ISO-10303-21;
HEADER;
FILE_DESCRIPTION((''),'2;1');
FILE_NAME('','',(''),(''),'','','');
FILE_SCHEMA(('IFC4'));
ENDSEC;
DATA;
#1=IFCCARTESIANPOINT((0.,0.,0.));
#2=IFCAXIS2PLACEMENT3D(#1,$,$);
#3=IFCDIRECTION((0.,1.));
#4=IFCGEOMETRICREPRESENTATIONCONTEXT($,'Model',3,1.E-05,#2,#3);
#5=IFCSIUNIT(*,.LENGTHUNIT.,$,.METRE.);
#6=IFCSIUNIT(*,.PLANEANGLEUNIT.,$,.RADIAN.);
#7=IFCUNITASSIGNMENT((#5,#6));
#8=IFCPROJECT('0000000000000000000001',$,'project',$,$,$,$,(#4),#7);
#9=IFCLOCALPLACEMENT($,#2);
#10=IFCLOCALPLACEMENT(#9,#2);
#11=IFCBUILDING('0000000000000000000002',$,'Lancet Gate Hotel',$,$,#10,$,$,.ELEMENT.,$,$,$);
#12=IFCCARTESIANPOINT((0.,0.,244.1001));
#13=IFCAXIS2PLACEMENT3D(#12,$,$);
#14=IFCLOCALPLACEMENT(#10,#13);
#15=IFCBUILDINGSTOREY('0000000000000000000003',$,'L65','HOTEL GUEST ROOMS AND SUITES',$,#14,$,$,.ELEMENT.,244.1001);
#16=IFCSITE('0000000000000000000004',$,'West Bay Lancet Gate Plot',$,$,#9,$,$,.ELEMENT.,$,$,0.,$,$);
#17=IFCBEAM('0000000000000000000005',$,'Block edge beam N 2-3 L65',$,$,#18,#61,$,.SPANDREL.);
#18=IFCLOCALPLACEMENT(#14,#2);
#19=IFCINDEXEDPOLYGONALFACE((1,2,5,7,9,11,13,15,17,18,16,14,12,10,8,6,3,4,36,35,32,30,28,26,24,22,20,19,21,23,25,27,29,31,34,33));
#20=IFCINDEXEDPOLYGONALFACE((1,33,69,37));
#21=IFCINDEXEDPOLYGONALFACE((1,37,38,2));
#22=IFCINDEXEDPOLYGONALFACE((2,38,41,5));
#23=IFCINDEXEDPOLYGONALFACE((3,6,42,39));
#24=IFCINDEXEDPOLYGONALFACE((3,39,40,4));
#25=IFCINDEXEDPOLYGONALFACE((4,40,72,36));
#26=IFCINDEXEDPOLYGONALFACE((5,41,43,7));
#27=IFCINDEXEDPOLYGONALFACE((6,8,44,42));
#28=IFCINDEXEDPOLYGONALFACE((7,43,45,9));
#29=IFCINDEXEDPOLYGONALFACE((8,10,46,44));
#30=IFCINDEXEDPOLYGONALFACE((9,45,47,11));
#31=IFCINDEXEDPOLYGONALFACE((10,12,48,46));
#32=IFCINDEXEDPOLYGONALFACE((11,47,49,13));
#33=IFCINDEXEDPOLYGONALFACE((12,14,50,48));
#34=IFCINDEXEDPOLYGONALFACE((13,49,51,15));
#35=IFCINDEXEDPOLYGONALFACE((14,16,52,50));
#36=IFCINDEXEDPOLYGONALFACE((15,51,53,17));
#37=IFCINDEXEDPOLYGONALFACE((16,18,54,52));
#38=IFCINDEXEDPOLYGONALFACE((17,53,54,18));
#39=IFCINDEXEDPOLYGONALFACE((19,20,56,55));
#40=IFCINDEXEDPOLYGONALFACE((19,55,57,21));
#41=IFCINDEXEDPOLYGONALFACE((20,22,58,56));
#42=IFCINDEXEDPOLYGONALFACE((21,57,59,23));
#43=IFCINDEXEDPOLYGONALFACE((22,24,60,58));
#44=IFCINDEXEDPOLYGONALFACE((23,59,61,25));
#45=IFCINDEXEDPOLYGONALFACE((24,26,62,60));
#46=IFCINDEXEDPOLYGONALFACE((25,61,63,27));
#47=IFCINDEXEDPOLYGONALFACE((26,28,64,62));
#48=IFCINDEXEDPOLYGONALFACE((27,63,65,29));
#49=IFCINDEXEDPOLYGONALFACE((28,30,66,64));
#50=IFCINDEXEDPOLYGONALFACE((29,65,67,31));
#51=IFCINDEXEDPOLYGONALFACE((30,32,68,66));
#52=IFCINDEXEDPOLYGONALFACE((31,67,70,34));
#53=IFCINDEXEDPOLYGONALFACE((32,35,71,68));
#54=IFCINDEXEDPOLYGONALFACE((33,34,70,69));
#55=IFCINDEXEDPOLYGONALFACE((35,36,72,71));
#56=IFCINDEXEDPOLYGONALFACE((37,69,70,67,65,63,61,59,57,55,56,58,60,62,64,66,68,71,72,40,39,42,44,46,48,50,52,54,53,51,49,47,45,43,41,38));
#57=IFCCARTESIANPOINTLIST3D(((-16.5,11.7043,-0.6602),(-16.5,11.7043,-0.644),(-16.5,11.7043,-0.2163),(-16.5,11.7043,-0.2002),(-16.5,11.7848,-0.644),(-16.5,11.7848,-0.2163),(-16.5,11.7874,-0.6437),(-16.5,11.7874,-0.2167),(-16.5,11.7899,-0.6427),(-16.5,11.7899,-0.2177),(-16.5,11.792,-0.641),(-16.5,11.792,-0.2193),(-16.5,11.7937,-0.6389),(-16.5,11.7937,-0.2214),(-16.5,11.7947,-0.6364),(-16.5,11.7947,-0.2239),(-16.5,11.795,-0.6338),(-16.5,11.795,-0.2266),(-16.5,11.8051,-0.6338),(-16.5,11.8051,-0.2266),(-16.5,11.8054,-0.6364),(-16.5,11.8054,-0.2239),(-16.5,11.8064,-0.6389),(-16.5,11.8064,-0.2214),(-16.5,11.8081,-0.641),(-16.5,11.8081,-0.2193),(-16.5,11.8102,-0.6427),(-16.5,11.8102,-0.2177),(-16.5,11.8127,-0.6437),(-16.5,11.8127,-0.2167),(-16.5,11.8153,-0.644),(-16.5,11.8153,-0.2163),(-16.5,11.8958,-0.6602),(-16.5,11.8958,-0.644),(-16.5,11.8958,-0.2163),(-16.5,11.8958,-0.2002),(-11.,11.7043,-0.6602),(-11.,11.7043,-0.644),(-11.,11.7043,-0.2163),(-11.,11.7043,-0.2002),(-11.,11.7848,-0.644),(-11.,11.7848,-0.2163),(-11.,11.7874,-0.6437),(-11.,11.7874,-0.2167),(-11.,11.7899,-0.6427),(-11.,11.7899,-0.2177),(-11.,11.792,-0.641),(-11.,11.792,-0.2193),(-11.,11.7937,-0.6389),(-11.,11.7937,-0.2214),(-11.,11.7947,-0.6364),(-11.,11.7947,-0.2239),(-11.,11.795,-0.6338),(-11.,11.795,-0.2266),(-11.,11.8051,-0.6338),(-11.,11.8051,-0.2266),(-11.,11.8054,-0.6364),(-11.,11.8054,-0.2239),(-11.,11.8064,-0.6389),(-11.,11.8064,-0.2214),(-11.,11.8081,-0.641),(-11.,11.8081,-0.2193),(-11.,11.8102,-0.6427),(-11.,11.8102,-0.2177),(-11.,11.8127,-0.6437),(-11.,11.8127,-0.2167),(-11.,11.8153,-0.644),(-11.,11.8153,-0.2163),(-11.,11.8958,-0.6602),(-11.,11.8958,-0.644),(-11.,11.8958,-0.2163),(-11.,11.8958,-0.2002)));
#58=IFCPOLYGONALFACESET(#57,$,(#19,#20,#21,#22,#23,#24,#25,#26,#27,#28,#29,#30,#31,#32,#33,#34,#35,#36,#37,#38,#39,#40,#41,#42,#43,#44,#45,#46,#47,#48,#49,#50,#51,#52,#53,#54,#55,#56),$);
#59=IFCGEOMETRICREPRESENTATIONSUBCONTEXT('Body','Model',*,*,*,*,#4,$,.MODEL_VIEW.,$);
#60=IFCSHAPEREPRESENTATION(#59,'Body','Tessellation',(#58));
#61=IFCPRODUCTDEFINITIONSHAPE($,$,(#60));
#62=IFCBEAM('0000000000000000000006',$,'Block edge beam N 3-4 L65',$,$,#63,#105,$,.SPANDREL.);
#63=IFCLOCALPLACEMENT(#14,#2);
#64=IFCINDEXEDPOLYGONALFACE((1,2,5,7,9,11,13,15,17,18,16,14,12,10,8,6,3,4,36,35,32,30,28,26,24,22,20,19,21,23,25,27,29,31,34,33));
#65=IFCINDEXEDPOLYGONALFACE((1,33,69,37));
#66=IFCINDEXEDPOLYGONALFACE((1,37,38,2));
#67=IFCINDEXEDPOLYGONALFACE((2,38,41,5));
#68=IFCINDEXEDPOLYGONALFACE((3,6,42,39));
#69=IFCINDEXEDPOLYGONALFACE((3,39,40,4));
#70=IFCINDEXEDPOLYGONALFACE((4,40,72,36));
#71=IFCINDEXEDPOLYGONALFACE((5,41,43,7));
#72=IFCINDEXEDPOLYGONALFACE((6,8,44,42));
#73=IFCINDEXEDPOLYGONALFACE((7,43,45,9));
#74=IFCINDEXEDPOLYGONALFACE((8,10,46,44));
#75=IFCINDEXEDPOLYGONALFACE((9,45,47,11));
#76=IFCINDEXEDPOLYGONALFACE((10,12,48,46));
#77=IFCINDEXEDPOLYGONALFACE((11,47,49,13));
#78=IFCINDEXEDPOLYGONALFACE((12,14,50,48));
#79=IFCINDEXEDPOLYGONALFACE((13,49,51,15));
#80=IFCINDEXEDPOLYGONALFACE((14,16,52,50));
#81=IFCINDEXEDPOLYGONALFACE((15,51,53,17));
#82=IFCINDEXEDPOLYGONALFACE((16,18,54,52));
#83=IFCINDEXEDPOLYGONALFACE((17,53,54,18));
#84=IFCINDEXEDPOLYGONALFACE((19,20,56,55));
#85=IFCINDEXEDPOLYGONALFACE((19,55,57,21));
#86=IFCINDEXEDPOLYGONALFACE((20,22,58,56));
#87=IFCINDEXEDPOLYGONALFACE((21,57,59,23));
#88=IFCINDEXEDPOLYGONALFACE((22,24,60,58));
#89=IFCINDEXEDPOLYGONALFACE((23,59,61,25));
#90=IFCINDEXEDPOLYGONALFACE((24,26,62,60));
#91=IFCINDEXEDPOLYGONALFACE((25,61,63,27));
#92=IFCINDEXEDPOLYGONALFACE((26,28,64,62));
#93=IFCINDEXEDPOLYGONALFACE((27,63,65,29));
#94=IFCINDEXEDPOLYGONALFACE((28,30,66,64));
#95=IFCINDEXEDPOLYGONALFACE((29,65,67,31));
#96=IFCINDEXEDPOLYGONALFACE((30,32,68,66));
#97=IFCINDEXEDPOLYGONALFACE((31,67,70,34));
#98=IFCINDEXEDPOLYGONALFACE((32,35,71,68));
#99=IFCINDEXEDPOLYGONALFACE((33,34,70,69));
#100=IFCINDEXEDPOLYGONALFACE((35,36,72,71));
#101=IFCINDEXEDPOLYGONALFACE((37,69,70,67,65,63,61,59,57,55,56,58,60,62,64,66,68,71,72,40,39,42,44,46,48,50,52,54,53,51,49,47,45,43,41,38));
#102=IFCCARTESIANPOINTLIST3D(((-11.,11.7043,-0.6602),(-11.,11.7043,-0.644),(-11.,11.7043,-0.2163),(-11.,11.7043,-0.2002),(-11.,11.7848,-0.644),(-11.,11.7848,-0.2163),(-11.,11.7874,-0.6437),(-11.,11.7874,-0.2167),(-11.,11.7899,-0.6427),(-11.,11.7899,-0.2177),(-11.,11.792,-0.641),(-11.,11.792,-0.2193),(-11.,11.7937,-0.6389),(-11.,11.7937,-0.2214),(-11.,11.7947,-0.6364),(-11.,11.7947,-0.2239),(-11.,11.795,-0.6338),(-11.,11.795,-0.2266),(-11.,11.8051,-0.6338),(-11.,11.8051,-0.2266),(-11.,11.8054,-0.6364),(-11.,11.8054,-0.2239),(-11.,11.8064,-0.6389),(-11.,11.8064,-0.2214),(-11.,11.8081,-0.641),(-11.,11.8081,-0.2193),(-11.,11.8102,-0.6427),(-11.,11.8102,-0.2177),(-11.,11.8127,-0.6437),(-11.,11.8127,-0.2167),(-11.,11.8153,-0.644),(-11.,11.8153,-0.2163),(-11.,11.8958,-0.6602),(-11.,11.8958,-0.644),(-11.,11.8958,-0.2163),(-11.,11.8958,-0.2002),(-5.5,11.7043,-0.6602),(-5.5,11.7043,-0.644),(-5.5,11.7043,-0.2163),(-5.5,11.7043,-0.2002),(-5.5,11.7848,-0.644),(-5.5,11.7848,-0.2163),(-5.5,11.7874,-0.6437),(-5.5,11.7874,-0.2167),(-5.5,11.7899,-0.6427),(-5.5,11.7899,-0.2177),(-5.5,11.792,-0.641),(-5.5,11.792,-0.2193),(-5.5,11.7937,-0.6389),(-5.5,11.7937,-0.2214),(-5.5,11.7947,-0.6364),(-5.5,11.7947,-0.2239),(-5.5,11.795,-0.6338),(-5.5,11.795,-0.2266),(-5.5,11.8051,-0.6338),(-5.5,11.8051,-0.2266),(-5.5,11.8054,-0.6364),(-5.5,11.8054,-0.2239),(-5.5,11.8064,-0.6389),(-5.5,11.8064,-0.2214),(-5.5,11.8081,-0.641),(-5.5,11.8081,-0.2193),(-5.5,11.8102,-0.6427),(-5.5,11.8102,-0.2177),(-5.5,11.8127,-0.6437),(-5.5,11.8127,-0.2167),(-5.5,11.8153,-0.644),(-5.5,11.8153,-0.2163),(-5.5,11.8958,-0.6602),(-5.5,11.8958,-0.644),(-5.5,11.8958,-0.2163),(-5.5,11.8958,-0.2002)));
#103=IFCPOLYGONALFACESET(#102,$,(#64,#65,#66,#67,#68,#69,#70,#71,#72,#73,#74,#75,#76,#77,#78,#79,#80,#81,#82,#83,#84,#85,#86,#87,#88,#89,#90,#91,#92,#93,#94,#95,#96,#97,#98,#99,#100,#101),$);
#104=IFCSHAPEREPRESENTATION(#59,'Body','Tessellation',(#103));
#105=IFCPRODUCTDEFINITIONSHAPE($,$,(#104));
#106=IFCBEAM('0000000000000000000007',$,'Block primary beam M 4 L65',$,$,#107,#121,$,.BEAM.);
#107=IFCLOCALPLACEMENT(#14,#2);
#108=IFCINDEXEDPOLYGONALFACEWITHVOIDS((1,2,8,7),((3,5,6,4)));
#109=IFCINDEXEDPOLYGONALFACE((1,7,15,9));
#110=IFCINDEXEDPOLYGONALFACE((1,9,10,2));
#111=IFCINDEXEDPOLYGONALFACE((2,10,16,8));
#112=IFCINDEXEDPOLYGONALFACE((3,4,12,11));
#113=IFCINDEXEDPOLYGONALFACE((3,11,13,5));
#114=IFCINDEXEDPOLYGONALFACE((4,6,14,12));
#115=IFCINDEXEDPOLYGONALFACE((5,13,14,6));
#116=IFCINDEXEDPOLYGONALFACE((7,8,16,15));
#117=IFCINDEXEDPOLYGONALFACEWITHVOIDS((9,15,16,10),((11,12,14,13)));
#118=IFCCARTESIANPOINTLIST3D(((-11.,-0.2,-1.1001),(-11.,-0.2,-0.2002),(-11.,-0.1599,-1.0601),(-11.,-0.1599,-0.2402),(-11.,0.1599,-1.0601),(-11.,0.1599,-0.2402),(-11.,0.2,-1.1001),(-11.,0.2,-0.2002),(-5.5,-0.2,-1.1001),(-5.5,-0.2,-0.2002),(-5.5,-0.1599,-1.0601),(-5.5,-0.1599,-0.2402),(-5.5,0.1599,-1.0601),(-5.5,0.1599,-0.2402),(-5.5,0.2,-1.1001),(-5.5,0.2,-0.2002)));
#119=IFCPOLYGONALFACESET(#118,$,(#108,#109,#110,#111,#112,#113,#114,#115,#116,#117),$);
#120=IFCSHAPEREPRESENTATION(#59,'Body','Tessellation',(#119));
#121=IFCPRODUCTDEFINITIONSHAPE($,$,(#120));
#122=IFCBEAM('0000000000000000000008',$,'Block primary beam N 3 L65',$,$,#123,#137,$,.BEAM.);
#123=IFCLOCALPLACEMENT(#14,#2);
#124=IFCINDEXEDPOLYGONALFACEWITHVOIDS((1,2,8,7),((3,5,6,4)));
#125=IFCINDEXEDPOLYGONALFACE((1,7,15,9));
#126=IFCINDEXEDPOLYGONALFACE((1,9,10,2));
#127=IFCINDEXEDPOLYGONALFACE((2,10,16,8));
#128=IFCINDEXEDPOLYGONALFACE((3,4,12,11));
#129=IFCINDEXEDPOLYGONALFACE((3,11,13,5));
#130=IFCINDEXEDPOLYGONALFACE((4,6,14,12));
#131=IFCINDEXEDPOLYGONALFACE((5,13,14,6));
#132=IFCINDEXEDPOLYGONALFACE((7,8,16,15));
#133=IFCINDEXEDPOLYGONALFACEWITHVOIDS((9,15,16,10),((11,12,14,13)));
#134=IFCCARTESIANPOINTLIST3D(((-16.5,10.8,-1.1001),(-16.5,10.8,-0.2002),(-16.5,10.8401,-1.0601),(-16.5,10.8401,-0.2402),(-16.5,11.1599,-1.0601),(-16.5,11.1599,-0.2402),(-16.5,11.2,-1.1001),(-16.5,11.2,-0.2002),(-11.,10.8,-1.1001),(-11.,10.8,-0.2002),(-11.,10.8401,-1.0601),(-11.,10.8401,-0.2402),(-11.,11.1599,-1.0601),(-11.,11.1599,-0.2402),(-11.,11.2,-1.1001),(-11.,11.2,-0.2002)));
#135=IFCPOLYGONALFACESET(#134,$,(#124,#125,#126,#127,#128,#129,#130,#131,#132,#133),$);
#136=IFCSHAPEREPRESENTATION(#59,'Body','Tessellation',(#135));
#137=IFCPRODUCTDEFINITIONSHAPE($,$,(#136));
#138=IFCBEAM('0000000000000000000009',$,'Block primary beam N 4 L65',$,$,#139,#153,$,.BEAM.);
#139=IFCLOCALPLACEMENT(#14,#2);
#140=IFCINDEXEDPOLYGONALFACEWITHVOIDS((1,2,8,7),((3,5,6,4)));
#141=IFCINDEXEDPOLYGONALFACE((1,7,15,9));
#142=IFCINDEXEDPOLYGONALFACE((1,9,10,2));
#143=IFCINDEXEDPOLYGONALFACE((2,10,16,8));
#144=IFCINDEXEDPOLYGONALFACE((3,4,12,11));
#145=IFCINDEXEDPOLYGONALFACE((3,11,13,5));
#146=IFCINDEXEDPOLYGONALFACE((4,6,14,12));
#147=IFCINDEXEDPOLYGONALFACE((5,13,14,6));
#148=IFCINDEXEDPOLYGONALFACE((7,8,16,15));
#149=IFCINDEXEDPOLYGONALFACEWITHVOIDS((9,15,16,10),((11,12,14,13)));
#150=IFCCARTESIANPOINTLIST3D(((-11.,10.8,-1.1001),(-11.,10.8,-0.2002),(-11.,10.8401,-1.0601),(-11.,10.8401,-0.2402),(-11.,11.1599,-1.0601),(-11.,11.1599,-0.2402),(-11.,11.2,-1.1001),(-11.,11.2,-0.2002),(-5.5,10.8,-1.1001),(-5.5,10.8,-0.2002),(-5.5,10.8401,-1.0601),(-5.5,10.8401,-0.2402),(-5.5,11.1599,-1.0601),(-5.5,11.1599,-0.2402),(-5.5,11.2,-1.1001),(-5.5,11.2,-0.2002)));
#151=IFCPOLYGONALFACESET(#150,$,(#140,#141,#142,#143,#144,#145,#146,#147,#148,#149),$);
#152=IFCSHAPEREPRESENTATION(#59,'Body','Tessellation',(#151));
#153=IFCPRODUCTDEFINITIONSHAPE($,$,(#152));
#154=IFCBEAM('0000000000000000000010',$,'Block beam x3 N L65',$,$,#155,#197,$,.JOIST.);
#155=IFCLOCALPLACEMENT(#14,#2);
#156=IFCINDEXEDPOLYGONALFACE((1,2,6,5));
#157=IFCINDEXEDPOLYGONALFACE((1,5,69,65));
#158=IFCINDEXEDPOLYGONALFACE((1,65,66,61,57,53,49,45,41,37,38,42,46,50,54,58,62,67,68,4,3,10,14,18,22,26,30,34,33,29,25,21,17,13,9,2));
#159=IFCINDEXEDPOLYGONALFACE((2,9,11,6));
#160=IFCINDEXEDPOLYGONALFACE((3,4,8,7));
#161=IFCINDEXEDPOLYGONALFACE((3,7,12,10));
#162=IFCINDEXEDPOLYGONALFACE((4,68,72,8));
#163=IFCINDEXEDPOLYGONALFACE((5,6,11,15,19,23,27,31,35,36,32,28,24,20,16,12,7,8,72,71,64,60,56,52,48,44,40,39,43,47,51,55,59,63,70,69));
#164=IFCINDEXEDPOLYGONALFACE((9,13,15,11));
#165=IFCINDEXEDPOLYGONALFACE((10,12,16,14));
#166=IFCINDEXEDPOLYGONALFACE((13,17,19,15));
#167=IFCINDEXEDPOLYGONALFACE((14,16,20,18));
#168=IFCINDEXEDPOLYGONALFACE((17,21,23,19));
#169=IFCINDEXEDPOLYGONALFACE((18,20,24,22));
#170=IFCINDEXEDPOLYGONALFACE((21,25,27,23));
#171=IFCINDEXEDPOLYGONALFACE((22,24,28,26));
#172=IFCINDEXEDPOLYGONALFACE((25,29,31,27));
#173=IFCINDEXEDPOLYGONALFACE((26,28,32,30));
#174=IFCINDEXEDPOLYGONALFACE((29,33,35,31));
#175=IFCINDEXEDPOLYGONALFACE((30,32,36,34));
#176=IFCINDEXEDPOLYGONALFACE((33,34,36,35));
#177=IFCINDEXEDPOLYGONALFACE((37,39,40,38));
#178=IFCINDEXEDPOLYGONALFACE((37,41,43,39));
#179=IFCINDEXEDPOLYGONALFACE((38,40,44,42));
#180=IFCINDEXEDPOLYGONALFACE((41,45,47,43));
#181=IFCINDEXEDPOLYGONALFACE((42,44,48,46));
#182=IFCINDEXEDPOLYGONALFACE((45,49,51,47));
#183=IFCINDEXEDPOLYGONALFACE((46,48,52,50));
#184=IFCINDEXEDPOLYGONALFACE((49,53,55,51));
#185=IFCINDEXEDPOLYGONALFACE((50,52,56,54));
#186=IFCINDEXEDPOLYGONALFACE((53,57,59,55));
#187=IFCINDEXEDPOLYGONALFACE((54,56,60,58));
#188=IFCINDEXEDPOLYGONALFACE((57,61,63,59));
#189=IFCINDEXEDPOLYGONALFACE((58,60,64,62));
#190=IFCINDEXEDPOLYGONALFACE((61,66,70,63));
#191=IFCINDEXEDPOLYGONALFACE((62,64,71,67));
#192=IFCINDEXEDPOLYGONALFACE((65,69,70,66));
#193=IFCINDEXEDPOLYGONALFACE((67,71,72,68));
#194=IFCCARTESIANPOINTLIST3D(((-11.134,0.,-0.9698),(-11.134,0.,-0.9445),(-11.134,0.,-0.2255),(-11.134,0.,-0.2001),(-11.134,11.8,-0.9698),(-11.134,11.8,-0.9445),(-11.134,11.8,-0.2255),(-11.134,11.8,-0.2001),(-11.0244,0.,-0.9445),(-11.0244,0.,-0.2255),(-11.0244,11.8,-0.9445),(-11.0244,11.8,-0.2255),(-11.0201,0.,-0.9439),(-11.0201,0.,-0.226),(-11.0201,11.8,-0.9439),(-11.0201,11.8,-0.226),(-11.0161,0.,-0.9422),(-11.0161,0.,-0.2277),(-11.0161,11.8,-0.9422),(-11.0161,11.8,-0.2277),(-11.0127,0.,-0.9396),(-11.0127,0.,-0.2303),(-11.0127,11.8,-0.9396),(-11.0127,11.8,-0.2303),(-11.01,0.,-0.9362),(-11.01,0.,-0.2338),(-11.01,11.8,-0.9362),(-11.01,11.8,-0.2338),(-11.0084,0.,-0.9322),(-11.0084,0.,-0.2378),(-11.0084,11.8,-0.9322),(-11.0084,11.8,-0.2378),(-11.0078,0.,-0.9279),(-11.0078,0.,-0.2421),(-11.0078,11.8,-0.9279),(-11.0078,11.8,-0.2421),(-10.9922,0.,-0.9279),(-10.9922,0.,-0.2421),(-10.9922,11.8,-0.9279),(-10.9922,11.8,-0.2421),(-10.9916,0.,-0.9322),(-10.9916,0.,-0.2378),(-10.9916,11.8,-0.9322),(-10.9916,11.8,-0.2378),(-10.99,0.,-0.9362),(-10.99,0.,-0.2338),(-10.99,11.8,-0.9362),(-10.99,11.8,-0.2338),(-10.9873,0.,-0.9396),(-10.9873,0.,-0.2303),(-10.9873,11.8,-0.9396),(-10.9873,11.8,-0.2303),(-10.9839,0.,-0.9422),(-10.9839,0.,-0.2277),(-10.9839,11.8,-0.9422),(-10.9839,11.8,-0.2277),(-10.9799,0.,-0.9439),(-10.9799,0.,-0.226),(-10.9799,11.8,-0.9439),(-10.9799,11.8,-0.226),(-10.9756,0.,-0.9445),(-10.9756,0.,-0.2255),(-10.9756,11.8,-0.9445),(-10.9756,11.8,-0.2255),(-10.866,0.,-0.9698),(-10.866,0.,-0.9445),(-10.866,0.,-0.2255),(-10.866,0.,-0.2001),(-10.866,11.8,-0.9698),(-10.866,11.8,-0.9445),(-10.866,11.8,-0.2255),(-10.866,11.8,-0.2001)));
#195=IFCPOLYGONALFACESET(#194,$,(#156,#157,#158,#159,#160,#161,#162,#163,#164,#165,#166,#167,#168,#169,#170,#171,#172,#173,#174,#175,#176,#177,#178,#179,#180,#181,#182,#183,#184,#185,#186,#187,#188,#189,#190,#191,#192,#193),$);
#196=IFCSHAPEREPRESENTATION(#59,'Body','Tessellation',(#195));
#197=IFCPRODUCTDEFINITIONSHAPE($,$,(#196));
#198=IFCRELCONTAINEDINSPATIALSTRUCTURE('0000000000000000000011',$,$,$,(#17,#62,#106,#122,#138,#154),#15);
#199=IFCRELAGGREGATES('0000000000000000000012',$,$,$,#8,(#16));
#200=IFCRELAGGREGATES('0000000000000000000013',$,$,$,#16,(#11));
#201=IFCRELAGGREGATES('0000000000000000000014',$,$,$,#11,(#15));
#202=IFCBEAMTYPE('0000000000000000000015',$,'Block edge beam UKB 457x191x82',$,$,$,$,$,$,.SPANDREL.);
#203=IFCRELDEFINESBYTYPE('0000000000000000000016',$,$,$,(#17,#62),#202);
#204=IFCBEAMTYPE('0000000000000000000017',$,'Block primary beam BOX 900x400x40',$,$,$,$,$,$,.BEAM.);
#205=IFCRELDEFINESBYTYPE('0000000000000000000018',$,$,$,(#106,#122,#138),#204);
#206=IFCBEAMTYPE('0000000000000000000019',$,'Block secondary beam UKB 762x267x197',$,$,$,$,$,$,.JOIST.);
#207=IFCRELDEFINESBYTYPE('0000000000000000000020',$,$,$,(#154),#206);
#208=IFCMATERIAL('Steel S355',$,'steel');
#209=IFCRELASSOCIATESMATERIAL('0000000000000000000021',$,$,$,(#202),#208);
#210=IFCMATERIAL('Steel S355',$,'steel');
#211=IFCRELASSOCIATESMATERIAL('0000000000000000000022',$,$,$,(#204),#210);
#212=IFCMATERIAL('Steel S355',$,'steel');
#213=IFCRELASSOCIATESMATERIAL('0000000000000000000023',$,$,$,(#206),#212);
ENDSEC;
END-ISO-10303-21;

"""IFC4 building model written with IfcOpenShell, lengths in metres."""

from ifc_helpers import new_model, si_unit, direction, frame, origin, origin_2d, place, context, subcontext, project, spatial, hollow_rectangle, i_section, extrude, material, material_profile, profile_set, type_object, element, save


model = new_model("IFC4")

# Units and contexts
model_context = context("Model", 3, precision=1e-05, world=origin(), true_north=direction((0.0, 1.0)))
body_context = subcontext(model_context, "Body", "Model", "MODEL_VIEW")
ifc_project = project(units=[si_unit("LENGTHUNIT", "METRE"), si_unit("PLANEANGLEUNIT", "RADIAN")], contexts=[model_context])

# Site, building, storey
site_placement = place(None, origin())
site = spatial("IfcSite", under=ifc_project, at=site_placement, Name="West Bay Lancet Gate Plot", CompositionType="ELEMENT", RefElevation=0.0)
building_placement = place(site_placement, origin())
building = spatial("IfcBuilding", under=site, at=building_placement, Name="Lancet Gate Hotel", CompositionType="ELEMENT")
storey_placement = place(building_placement, frame((0.0, 0.0, 244.1001)))
storey = spatial("IfcBuildingStorey", under=building, at=storey_placement, Name="L65", Description="HOTEL GUEST ROOMS AND SUITES", CompositionType="ELEMENT", Elevation=244.1001)

# Beams
ifc_material_1 = material(Name="Steel S355", Category="steel")
ifc_material_profile_1 = material_profile(ifc_material_1, i_section(OverallWidth=0.1914, OverallDepth=0.46, WebThickness=0.01, FlangeThickness=0.0161, FilletRadius=0.0103, at=origin_2d()), Name="UKB 457x191x82")
ifc_profile_set_1 = profile_set([ifc_material_profile_1], Name="Steel S355")
beam_type_1 = type_object("IfcBeamType", Name="Block edge beam UKB 457x191x82", PredefinedType="SPANDREL", material=ifc_profile_set_1)
for number, where, z_axis, x_axis, name in (
    (1, (-16.5, 11.8, -0.4302), (1.0, 0.0, 0.0), (0.0, 1.0, 0.0), "Block edge beam N 2-3 L65"),
    (2, (-11.0, 11.8, -0.4302), (1.0, 0.0, 0.0), (0.0, 1.0, 0.0), "Block edge beam N 3-4 L65"),
):
    element("IfcBeam", number, at=place(storey_placement, frame(where, z_axis=z_axis, x_axis=x_axis)), inside=storey, type_object=beam_type_1, Name=name, PredefinedType="SPANDREL", context=body_context, shape_type="SweptSolid", body=[
        extrude(i_section(OverallWidth=0.1914, OverallDepth=0.46, WebThickness=0.01, FlangeThickness=0.0161, FilletRadius=0.0103, at=origin_2d()), origin(), (0.0, 0.0, 1.0), 5.5),
    ])
ifc_material_2 = material(Name="Steel S355", Category="steel")
ifc_material_profile_2 = material_profile(ifc_material_2, hollow_rectangle(XDim=0.3999, YDim=0.8999, WallThickness=0.04, at=origin_2d()), Name="BOX 900x400x40")
ifc_profile_set_2 = profile_set([ifc_material_profile_2], Name="Steel S355")
beam_type_2 = type_object("IfcBeamType", Name="Block primary beam BOX 900x400x40", PredefinedType="BEAM", material=ifc_profile_set_2)
for number, where, z_axis, x_axis, name in (
    (3, (-11.0, 0.0, -0.6501), (1.0, 0.0, 0.0), (0.0, 1.0, 0.0), "Block primary beam M 4 L65"),
    (4, (-16.5, 11.0, -0.6501), (1.0, 0.0, 0.0), (0.0, 1.0, 0.0), "Block primary beam N 3 L65"),
    (5, (-11.0, 11.0, -0.6501), (1.0, 0.0, 0.0), (0.0, 1.0, 0.0), "Block primary beam N 4 L65"),
):
    element("IfcBeam", number, at=place(storey_placement, frame(where, z_axis=z_axis, x_axis=x_axis)), inside=storey, type_object=beam_type_2, Name=name, PredefinedType="BEAM", context=body_context, shape_type="SweptSolid", body=[
        extrude(hollow_rectangle(XDim=0.3999, YDim=0.8999, WallThickness=0.04, at=origin_2d()), origin(), (0.0, 0.0, 1.0), 5.5),
    ])
ifc_material_3 = material(Name="Steel S355", Category="steel")
ifc_material_profile_3 = material_profile(ifc_material_3, i_section(OverallWidth=0.2681, OverallDepth=0.7698, WebThickness=0.0156, FlangeThickness=0.0254, FilletRadius=0.0166, at=origin_2d()), Name="UKB 762x267x197")
ifc_profile_set_3 = profile_set([ifc_material_profile_3], Name="Steel S355")
beam_type_3 = type_object("IfcBeamType", Name="Block secondary beam UKB 762x267x197", PredefinedType="JOIST", material=ifc_profile_set_3)
beam_placement = place(storey_placement, frame((-11.0, 0.0, -0.585), z_axis=(0.0, 1.0, 0.0), x_axis=(-1.0, 0.0, 0.0)))
element("IfcBeam", 6, at=beam_placement, inside=storey, type_object=beam_type_3, Name="Block beam x3 N L65", PredefinedType="JOIST", context=body_context, shape_type="SweptSolid", body=[
    extrude(i_section(OverallWidth=0.2681, OverallDepth=0.7698, WebThickness=0.0156, FlangeThickness=0.0254, FilletRadius=0.0166, at=origin_2d()), origin(), (0.0, 0.0, 1.0), 11.8),
])

save(model, "model.ifc")
